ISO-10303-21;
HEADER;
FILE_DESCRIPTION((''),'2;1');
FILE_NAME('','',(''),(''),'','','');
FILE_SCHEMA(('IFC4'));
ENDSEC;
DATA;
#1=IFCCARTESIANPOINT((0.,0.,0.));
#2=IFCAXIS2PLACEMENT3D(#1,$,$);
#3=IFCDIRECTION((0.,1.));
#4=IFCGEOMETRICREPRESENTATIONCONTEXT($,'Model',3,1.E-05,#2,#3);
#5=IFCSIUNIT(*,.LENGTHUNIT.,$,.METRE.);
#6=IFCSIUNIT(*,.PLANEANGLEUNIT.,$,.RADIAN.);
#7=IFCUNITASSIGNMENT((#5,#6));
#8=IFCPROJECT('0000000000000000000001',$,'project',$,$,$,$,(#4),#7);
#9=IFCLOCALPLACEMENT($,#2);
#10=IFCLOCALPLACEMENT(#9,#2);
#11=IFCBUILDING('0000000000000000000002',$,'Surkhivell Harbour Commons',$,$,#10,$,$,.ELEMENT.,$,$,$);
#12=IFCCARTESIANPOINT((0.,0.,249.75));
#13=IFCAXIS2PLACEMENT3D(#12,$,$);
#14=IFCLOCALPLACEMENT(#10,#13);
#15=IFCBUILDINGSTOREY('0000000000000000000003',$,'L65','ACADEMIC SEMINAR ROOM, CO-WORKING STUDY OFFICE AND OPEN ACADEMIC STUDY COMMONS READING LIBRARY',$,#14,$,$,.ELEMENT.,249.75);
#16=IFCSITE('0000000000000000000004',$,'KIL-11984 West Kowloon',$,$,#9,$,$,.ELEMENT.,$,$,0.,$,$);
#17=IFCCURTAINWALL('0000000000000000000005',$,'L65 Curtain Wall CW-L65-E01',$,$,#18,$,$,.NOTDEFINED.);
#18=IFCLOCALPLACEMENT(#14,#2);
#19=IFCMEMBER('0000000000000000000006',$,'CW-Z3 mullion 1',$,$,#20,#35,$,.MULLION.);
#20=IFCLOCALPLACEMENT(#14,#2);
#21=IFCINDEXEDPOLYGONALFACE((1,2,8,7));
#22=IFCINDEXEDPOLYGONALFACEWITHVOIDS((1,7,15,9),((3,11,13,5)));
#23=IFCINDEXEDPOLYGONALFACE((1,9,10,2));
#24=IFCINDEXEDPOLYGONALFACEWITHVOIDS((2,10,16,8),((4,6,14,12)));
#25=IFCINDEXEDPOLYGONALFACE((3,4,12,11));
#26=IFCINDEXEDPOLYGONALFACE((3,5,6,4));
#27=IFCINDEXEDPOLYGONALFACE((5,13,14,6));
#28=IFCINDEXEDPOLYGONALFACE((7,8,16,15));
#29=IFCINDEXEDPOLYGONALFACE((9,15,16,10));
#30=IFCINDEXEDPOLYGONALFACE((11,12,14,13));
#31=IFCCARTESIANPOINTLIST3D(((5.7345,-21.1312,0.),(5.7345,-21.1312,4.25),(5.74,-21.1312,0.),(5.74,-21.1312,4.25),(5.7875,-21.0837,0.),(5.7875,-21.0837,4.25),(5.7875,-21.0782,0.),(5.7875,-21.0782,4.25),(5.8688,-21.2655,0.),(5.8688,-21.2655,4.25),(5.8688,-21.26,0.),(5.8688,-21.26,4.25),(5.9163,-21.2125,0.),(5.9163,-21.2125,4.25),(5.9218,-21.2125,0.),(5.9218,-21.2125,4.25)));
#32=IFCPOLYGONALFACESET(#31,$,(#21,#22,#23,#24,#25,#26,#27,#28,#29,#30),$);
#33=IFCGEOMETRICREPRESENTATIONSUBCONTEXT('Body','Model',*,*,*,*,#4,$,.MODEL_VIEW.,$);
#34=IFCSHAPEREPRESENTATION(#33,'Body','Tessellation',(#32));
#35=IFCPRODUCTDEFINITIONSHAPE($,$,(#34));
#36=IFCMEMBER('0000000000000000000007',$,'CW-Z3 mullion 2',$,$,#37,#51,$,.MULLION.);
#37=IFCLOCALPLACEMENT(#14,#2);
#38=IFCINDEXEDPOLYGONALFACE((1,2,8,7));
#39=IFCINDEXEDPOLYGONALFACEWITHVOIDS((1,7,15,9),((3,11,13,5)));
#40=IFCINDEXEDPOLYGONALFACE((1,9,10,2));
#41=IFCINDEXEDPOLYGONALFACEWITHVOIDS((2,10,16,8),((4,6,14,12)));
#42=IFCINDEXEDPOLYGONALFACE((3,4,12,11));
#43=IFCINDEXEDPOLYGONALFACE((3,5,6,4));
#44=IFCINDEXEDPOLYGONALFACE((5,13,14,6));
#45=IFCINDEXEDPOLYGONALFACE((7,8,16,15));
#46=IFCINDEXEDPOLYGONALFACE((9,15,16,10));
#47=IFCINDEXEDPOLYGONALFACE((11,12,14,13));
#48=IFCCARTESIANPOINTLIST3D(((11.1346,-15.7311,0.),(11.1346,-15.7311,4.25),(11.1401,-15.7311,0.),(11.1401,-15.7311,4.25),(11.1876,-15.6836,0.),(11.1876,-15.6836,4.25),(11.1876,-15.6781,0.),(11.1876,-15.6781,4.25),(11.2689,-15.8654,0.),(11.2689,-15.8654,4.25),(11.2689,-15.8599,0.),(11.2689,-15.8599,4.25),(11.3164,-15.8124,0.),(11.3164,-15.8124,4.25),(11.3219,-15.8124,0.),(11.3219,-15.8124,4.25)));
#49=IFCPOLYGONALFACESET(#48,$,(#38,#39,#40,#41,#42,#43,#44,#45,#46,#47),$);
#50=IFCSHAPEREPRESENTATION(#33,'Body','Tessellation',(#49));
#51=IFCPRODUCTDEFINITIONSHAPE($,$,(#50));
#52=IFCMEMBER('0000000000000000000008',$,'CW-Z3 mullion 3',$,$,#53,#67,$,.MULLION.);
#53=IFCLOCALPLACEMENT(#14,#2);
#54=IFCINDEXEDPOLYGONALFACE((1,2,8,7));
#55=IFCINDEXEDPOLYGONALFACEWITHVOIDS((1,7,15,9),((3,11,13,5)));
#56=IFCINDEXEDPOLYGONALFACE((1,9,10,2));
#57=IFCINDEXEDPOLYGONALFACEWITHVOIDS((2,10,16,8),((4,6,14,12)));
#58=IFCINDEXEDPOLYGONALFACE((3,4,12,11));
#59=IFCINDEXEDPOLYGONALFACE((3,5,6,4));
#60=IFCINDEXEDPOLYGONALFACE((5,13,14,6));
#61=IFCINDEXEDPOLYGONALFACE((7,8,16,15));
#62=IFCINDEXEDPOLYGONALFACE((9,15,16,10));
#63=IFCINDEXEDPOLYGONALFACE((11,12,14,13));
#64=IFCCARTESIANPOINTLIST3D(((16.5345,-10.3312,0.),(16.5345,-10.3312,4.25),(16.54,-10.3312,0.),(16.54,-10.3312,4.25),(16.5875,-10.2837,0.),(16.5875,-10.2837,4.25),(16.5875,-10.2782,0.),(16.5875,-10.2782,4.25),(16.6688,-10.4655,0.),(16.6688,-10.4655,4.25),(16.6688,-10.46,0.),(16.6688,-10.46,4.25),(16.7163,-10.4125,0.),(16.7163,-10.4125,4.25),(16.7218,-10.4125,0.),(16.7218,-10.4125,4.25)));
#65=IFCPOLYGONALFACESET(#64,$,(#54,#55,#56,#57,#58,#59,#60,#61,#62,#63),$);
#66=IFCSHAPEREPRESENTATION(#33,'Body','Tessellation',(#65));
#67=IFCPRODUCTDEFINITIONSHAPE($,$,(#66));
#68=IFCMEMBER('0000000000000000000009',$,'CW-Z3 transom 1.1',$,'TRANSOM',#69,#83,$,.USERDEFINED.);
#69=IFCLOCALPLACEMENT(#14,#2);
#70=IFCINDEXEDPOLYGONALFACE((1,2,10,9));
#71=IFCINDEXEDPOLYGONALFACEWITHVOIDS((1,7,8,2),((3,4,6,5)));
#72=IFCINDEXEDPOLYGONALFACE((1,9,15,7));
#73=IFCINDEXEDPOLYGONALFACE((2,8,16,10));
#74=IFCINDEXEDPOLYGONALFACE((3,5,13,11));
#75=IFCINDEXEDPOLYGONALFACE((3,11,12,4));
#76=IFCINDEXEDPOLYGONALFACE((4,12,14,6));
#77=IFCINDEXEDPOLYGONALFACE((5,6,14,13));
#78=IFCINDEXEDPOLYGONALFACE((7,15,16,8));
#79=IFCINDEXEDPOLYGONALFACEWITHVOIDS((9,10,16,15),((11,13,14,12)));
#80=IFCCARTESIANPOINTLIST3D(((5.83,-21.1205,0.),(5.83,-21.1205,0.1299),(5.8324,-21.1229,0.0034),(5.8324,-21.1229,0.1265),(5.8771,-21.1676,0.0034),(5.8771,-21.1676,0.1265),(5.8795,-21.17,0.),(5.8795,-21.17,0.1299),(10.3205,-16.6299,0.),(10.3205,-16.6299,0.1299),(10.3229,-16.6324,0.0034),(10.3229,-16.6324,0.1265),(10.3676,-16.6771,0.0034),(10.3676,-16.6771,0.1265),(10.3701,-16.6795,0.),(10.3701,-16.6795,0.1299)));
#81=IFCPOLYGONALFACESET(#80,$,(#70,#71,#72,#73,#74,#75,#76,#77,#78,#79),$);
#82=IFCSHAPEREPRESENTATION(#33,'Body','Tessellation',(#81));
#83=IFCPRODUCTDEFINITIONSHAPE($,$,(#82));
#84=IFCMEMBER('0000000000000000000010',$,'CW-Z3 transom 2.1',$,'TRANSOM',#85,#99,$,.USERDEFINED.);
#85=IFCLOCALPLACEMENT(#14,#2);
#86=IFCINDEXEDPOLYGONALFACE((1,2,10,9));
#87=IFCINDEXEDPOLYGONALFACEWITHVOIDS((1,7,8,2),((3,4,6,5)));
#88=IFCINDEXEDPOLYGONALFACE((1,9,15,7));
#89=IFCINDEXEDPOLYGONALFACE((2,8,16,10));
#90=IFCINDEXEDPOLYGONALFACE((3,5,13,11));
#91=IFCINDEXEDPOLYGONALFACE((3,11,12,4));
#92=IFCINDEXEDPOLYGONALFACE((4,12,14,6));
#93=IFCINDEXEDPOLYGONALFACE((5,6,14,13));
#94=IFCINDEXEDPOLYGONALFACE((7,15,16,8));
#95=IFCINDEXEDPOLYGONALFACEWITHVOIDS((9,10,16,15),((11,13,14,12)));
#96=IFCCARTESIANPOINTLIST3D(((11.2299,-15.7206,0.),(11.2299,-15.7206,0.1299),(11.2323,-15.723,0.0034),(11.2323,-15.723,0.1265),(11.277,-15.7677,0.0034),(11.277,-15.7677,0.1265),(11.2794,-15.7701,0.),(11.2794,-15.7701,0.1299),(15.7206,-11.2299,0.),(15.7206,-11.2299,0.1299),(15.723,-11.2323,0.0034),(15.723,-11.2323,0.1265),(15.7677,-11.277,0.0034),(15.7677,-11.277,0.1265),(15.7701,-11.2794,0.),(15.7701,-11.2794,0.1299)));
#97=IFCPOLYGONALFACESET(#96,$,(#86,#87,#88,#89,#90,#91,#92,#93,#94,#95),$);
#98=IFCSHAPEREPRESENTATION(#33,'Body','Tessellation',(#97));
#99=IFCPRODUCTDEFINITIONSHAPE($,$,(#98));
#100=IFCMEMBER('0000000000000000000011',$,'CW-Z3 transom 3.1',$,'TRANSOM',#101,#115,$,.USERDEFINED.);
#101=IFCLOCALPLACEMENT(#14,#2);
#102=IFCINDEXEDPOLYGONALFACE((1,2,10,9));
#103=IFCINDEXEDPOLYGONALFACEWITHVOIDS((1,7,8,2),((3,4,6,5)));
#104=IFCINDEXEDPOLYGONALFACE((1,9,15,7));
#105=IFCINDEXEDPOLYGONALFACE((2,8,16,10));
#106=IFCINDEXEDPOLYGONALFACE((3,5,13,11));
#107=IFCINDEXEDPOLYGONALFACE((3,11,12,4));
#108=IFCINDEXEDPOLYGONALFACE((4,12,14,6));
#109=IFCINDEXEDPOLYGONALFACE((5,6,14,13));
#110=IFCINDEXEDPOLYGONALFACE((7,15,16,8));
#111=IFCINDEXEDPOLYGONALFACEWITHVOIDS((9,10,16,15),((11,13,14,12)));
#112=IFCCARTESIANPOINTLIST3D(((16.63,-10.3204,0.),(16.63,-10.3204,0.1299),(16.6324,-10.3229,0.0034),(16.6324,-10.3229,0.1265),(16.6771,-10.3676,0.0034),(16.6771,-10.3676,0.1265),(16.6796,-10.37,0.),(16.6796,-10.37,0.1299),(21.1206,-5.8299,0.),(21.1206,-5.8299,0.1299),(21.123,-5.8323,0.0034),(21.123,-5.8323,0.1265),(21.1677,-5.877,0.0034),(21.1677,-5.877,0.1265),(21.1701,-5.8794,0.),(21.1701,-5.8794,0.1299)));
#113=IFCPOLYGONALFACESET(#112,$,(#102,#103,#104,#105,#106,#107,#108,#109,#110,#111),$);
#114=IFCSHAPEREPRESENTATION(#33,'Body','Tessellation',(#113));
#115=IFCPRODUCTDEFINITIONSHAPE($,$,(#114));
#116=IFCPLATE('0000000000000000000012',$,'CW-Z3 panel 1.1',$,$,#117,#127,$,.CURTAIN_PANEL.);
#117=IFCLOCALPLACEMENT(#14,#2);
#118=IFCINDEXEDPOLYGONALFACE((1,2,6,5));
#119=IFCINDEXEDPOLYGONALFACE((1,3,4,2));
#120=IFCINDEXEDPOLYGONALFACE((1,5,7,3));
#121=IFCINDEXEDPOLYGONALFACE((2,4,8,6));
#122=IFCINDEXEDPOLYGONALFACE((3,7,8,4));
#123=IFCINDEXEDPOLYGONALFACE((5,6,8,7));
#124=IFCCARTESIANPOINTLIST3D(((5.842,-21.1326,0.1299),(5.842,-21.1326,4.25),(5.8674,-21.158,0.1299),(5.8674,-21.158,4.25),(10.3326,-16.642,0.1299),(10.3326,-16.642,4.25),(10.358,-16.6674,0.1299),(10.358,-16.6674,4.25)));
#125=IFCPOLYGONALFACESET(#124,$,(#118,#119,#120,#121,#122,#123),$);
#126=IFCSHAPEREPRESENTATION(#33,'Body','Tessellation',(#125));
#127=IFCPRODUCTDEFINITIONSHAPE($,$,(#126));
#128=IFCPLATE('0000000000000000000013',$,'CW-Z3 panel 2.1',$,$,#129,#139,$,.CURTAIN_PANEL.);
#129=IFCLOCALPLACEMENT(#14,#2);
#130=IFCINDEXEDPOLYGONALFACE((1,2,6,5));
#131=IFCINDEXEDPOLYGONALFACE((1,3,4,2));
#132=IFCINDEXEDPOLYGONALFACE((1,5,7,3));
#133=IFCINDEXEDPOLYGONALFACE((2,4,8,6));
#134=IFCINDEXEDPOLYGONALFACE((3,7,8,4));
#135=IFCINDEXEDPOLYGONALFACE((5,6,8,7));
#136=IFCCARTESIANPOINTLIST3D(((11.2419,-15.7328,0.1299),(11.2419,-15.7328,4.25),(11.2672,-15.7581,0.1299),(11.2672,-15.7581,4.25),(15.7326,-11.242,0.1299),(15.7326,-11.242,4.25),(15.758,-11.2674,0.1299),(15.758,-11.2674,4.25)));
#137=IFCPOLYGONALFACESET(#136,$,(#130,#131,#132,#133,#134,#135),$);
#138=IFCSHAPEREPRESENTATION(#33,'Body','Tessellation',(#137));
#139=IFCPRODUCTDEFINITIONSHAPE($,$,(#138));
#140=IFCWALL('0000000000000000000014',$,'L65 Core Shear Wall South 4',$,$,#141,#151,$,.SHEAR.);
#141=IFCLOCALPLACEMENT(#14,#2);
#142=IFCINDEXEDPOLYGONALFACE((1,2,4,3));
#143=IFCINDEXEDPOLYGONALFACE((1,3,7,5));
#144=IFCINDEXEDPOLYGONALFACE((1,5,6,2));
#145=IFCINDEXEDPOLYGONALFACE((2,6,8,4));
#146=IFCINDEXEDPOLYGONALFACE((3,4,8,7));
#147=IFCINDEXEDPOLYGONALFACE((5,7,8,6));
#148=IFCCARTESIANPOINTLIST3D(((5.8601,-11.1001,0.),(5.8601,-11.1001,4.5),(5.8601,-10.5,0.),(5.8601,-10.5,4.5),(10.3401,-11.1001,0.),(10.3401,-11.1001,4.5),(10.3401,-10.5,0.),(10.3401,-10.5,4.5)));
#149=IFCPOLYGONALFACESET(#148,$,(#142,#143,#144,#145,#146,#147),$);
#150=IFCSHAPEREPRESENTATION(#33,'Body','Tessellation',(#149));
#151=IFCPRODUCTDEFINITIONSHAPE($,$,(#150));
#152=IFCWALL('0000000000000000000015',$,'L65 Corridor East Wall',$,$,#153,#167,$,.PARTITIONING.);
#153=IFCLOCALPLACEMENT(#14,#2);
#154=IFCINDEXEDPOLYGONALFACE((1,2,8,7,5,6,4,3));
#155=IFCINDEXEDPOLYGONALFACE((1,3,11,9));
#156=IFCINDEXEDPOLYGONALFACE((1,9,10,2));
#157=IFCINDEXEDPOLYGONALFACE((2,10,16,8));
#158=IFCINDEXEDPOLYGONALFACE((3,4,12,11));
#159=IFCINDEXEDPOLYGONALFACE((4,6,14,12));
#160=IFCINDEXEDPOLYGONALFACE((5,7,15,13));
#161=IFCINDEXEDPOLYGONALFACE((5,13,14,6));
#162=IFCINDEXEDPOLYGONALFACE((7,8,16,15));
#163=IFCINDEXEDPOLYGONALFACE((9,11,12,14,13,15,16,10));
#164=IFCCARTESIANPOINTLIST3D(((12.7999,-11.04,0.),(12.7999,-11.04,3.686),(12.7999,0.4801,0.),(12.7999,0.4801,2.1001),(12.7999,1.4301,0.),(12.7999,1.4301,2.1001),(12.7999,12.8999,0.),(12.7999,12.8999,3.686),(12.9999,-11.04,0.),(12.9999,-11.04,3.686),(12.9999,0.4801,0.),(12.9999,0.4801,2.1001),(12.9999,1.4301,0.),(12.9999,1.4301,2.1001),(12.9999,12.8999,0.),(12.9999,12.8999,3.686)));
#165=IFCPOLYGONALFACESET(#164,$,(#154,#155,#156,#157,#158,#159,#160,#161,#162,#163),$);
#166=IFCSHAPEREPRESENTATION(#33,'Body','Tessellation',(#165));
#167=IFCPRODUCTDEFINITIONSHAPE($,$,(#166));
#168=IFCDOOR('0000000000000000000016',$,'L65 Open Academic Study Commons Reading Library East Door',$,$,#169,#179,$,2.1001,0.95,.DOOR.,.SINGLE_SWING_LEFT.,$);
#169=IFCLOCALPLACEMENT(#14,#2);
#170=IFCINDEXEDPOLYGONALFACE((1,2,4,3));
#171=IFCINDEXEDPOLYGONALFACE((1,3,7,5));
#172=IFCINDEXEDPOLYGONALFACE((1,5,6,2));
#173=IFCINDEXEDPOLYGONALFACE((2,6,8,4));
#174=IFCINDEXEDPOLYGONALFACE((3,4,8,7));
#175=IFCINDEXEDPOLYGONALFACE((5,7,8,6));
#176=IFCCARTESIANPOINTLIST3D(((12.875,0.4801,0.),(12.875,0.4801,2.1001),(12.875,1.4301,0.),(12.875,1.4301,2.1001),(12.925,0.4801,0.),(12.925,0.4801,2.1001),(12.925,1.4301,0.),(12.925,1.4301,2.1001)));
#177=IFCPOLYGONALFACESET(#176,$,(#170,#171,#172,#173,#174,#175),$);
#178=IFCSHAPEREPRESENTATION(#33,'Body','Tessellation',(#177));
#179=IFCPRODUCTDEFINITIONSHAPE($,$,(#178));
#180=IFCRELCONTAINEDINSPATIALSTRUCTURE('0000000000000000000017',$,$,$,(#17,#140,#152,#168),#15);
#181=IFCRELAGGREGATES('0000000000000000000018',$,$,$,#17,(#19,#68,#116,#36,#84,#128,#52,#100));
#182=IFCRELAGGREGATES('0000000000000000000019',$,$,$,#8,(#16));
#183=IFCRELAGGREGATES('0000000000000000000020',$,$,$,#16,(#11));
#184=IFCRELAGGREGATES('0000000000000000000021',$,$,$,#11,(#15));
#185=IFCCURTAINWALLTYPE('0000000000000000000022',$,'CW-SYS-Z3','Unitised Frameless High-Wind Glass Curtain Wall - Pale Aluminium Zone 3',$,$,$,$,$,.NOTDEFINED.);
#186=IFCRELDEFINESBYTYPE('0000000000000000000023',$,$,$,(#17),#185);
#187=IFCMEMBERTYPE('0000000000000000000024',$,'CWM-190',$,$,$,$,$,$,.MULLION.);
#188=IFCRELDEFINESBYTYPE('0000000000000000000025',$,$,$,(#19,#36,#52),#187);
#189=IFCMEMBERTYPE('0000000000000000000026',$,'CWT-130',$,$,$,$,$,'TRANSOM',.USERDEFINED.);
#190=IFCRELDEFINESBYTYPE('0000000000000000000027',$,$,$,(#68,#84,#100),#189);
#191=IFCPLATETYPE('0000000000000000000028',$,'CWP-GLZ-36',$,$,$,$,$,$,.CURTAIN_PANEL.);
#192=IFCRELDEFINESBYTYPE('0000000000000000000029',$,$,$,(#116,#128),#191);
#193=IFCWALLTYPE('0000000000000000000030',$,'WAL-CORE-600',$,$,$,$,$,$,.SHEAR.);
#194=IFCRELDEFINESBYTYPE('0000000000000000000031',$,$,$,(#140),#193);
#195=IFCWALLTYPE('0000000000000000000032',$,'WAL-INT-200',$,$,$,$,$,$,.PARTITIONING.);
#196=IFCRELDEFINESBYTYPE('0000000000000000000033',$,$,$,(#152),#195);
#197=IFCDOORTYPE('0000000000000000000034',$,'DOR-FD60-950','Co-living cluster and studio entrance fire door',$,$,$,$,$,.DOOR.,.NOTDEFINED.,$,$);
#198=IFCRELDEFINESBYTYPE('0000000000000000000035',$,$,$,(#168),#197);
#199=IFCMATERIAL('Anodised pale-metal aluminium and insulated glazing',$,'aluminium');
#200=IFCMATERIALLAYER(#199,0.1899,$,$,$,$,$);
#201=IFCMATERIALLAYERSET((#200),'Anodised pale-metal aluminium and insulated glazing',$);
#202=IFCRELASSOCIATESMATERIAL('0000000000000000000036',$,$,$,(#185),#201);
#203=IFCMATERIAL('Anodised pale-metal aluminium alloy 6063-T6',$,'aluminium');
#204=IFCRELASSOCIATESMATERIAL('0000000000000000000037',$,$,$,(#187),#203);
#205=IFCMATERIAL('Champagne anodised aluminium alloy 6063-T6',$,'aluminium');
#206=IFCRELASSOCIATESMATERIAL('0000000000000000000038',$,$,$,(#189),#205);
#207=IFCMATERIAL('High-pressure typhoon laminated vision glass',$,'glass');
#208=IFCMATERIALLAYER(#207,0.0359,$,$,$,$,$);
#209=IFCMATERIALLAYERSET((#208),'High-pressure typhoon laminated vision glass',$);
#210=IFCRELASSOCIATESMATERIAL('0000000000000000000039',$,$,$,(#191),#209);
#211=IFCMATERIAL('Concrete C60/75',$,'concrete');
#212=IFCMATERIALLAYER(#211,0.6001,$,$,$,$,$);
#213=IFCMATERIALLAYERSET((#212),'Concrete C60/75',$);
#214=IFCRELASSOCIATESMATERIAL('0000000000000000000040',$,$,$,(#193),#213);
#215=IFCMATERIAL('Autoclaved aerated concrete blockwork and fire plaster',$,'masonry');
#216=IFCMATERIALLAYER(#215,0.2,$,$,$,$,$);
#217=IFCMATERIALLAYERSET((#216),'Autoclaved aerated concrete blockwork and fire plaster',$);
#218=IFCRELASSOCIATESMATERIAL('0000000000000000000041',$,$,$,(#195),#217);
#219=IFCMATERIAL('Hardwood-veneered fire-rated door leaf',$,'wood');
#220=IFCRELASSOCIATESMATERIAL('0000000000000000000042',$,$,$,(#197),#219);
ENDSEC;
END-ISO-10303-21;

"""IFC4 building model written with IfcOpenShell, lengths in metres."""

from ifc_helpers import new_model, si_unit, direction, frame, frame_2d, origin, origin_2d, place, context, subcontext, project, spatial, rectangle, hollow_rectangle, extrude, material, layer, layer_set, material_profile, profile_set, type_object, element, fill, aggregate, save


model = new_model("IFC4")

# Units and contexts
model_context = context("Model", 3, precision=1e-05, world=origin(), true_north=direction((0.0, 1.0)))
body_context = subcontext(model_context, "Body", "Model", "MODEL_VIEW")
ifc_project = project(units=[si_unit("LENGTHUNIT", "METRE"), si_unit("PLANEANGLEUNIT", "RADIAN")], contexts=[model_context])

# Site, building, storey
site_placement = place(None, origin())
site = spatial("IfcSite", under=ifc_project, at=site_placement, Name="KIL-11984 West Kowloon", CompositionType="ELEMENT", RefElevation=0.0)
building_placement = place(site_placement, origin())
building = spatial("IfcBuilding", under=site, at=building_placement, Name="Surkhivell Harbour Commons", CompositionType="ELEMENT")
storey_placement = place(building_placement, frame((0.0, 0.0, 249.75)))
storey = spatial("IfcBuildingStorey", under=building, at=storey_placement, Name="L65", Description="ACADEMIC SEMINAR ROOM, CO-WORKING STUDY OFFICE AND OPEN ACADEMIC STUDY COMMONS READING LIBRARY", CompositionType="ELEMENT", Elevation=249.75)

# Shared definitions
ifc_material_1 = material(Name="Concrete C60/75", Category="concrete")

# Curtain wall, members, plates
ifc_material_2 = material(Name="Anodised pale-metal aluminium and insulated glazing", Category="aluminium")
ifc_layer_1 = layer(ifc_material_2, 0.1899)
ifc_layer_set_1 = layer_set([ifc_layer_1], Name="Anodised pale-metal aluminium and insulated glazing")
curtain_wall_type = type_object("IfcCurtainWallType", Name="CW-SYS-Z3", Description="Unitised Frameless High-Wind Glass Curtain Wall - Pale Aluminium Zone 3", PredefinedType="NOTDEFINED", material=ifc_layer_set_1)
curtain_wall_placement = place(storey_placement, origin())
curtain_wall = element("IfcCurtainWall", 1, at=curtain_wall_placement, inside=storey, type_object=curtain_wall_type, Name="L65 Curtain Wall CW-L65-E01", PredefinedType="NOTDEFINED")
ifc_material_3 = material(Name="Anodised pale-metal aluminium alloy 6063-T6", Category="aluminium")
ifc_material_profile_1 = material_profile(ifc_material_3, hollow_rectangle(XDim=0.075, YDim=0.1899, WallThickness=0.0039, at=origin_2d()), Name="ALU-MULL-75x190")
ifc_profile_set_1 = profile_set([ifc_material_profile_1], Name="Anodised pale-metal aluminium alloy 6063-T6")
member_type_1 = type_object("IfcMemberType", Name="CWM-190", PredefinedType="MULLION", material=ifc_profile_set_1)
member_1_placement = place(storey_placement, frame((5.8281, -21.1719, 0.0), z_axis=(0.0, 0.0, 1.0), x_axis=(0.707107, 0.707107, 0.0)))
member_1 = element("IfcMember", 2, at=member_1_placement, type_object=member_type_1, Name="CW-Z3 mullion 1", PredefinedType="MULLION", context=body_context, shape_type="SweptSolid", body=[
    extrude(hollow_rectangle(XDim=0.075, YDim=0.1899, WallThickness=0.0039, at=origin_2d()), origin(), (0.0, 0.0, 1.0), 4.25),
])
member_2_placement = place(storey_placement, frame((11.2283, -15.7717, 0.0), z_axis=(0.0, 0.0, 1.0), x_axis=(0.707107, 0.707107, 0.0)))
member_2 = element("IfcMember", 3, at=member_2_placement, type_object=member_type_1, Name="CW-Z3 mullion 2", PredefinedType="MULLION", context=body_context, shape_type="SweptSolid", body=[
    extrude(hollow_rectangle(XDim=0.075, YDim=0.1899, WallThickness=0.0039, at=origin_2d()), origin(), (0.0, 0.0, 1.0), 4.25),
])
member_3_placement = place(storey_placement, frame((16.6282, -10.3718, 0.0), z_axis=(0.0, 0.0, 1.0), x_axis=(0.707107, 0.707107, 0.0)))
member_3 = element("IfcMember", 4, at=member_3_placement, type_object=member_type_1, Name="CW-Z3 mullion 3", PredefinedType="MULLION", context=body_context, shape_type="SweptSolid", body=[
    extrude(hollow_rectangle(XDim=0.075, YDim=0.1899, WallThickness=0.0039, at=origin_2d()), origin(), (0.0, 0.0, 1.0), 4.25),
])
ifc_material_4 = material(Name="Champagne anodised aluminium alloy 6063-T6", Category="aluminium")
ifc_material_profile_2 = material_profile(ifc_material_4, hollow_rectangle(XDim=0.0701, YDim=0.1299, WallThickness=0.0034, at=origin_2d()), Name="ALU-TRAN-70x130")
ifc_profile_set_2 = profile_set([ifc_material_profile_2], Name="Champagne anodised aluminium alloy 6063-T6")
member_type_2 = type_object("IfcMemberType", Name="CWT-130", ElementType="TRANSOM", PredefinedType="USERDEFINED", material=ifc_profile_set_2)
member_4_placement = place(storey_placement, frame((5.8547, -21.1453, 0.0649), z_axis=(0.707107, 0.707107, 0.0), x_axis=(-0.707107, 0.707107, 0.0)))
member_4 = element("IfcMember", 5, at=member_4_placement, type_object=member_type_2, Name="CW-Z3 transom 1.1", ObjectType="TRANSOM", PredefinedType="USERDEFINED", context=body_context, shape_type="SweptSolid", body=[
    extrude(hollow_rectangle(XDim=0.0701, YDim=0.1299, WallThickness=0.0034, at=origin_2d()), origin(), (0.0, 0.0, 1.0), 6.3506),
])
member_5_placement = place(storey_placement, frame((11.2546, -15.7454, 0.0649), z_axis=(0.707107, 0.707107, 0.0), x_axis=(-0.707107, 0.707107, 0.0)))
member_5 = element("IfcMember", 6, at=member_5_placement, type_object=member_type_2, Name="CW-Z3 transom 2.1", ObjectType="TRANSOM", PredefinedType="USERDEFINED", context=body_context, shape_type="SweptSolid", body=[
    extrude(hollow_rectangle(XDim=0.0701, YDim=0.1299, WallThickness=0.0034, at=origin_2d()), origin(), (0.0, 0.0, 1.0), 6.3508),
])
member_6_placement = place(storey_placement, frame((16.6548, -10.3452, 0.0649), z_axis=(0.707107, 0.707107, 0.0), x_axis=(-0.707107, 0.707107, 0.0)))
member_6 = element("IfcMember", 7, at=member_6_placement, type_object=member_type_2, Name="CW-Z3 transom 3.1", ObjectType="TRANSOM", PredefinedType="USERDEFINED", context=body_context, shape_type="SweptSolid", body=[
    extrude(hollow_rectangle(XDim=0.0701, YDim=0.1299, WallThickness=0.0034, at=origin_2d()), origin(), (0.0, 0.0, 1.0), 6.3506),
])
ifc_material_5 = material(Name="High-pressure typhoon laminated vision glass", Category="glass")
ifc_layer_2 = layer(ifc_material_5, 0.0359)
ifc_layer_set_2 = layer_set([ifc_layer_2], Name="High-pressure typhoon laminated vision glass")
plate_type = type_object("IfcPlateType", Name="CWP-GLZ-36", PredefinedType="CURTAIN_PANEL", material=ifc_layer_set_2)
plate_1_placement = place(storey_placement, frame((5.8547, -21.1453, 0.1299), z_axis=(0.0, 0.0, 1.0), x_axis=(0.707107, 0.707107, 0.0)))
plate_1 = element("IfcPlate", 8, at=plate_1_placement, type_object=plate_type, Name="CW-Z3 panel 1.1", PredefinedType="CURTAIN_PANEL", context=body_context, shape_type="SweptSolid", body=[
    extrude(rectangle(XDim=6.3506, YDim=0.0359, at=frame_2d((3.1753, 0.0))), origin(), (0.0, 0.0, 1.0), 4.1201),
])
plate_2_placement = place(storey_placement, frame((11.2546, -15.7454, 0.1299), z_axis=(0.0, 0.0, 1.0), x_axis=(0.707107, 0.707107, 0.0)))
plate_2 = element("IfcPlate", 9, at=plate_2_placement, type_object=plate_type, Name="CW-Z3 panel 2.1", PredefinedType="CURTAIN_PANEL", context=body_context, shape_type="SweptSolid", body=[
    extrude(rectangle(XDim=6.3508, YDim=0.0359, at=frame_2d((3.1753, 0.0))), origin(), (0.0, 0.0, 1.0), 4.1201),
])
aggregate(curtain_wall, [member_1, member_4, plate_1, member_2, member_5, plate_2, member_3, member_6])

# Wall
ifc_layer_3 = layer(ifc_material_1, 0.6001)
ifc_layer_set_3 = layer_set([ifc_layer_3], Name="Concrete C60/75")
wall_type_1 = type_object("IfcWallType", Name="WAL-CORE-600", PredefinedType="SHEAR", material=ifc_layer_set_3)
wall_1_placement = place(storey_placement, frame((5.8601, -10.8, 0.0), z_axis=(0.0, 0.0, 1.0), x_axis=(1.0, 0.0, 0.0)))
element("IfcWall", 10, at=wall_1_placement, inside=storey, type_object=wall_type_1, Name="L65 Core Shear Wall South 4", PredefinedType="SHEAR", context=body_context, shape_type="SweptSolid", body=[
    extrude(rectangle(XDim=4.48, YDim=0.6001, at=frame_2d((2.24, 0.0))), origin(), (0.0, 0.0, 1.0), 4.5),
])

# Wall, opening, door
ifc_material_6 = material(Name="Autoclaved aerated concrete blockwork and fire plaster", Category="masonry")
ifc_layer_4 = layer(ifc_material_6, 0.2)
ifc_layer_set_4 = layer_set([ifc_layer_4], Name="Autoclaved aerated concrete blockwork and fire plaster")
wall_type_2 = type_object("IfcWallType", Name="WAL-INT-200", PredefinedType="PARTITIONING", material=ifc_layer_set_4)
wall_2_placement = place(storey_placement, frame((12.8999, -11.04, 0.0), z_axis=(0.0, 0.0, 1.0), x_axis=(0.0, 1.0, 0.0)))
wall_2 = element("IfcWall", 11, at=wall_2_placement, inside=storey, type_object=wall_type_2, Name="L65 Corridor East Wall", PredefinedType="PARTITIONING", context=body_context, shape_type="SweptSolid", body=[
    extrude(rectangle(XDim=23.9399, YDim=0.2, at=frame_2d((11.97, 0.0))), origin(), (0.0, 0.0, 1.0), 3.686),
])
opening_placement = place(wall_2_placement, frame((11.52, 0.0, 0.0)))
opening = element("IfcOpeningElement", 12, at=opening_placement, cuts=wall_2, PredefinedType="OPENING", context=body_context, shape_type="SweptSolid", body=[
    extrude(rectangle(XDim=0.95, YDim=2.1001, at=frame_2d((0.4751, 1.05))), frame((0.0, 0.1099, 0.0), z_axis=(0.0, -1.0, 0.0), x_axis=(1.0, 0.0, 0.0)), (0.0, 0.0, 1.0), 0.22),
])
ifc_material_7 = material(Name="Hardwood-veneered fire-rated door leaf", Category="wood")
door_type = type_object("IfcDoorType", Name="DOR-FD60-950", Description="Co-living cluster and studio entrance fire door", OperationType="NOTDEFINED", PredefinedType="DOOR", material=ifc_material_7)
door_placement = place(opening_placement, origin())
door = element("IfcDoor", 13, at=door_placement, inside=storey, type_object=door_type, Name="L65 Open Academic Study Commons Reading Library East Door", OperationType="SINGLE_SWING_LEFT", OverallHeight=2.1001, OverallWidth=0.95, PredefinedType="DOOR", context=body_context, shape_type="SweptSolid", body=[
    extrude(rectangle(XDim=0.95, YDim=2.1001, at=frame_2d((0.4751, 1.05))), frame((0.0, 0.0249, 0.0), z_axis=(0.0, -1.0, 0.0), x_axis=(1.0, 0.0, 0.0)), (0.0, 0.0, 1.0), 0.05),
])
fill(opening, door)

save(model, "model.ifc")
